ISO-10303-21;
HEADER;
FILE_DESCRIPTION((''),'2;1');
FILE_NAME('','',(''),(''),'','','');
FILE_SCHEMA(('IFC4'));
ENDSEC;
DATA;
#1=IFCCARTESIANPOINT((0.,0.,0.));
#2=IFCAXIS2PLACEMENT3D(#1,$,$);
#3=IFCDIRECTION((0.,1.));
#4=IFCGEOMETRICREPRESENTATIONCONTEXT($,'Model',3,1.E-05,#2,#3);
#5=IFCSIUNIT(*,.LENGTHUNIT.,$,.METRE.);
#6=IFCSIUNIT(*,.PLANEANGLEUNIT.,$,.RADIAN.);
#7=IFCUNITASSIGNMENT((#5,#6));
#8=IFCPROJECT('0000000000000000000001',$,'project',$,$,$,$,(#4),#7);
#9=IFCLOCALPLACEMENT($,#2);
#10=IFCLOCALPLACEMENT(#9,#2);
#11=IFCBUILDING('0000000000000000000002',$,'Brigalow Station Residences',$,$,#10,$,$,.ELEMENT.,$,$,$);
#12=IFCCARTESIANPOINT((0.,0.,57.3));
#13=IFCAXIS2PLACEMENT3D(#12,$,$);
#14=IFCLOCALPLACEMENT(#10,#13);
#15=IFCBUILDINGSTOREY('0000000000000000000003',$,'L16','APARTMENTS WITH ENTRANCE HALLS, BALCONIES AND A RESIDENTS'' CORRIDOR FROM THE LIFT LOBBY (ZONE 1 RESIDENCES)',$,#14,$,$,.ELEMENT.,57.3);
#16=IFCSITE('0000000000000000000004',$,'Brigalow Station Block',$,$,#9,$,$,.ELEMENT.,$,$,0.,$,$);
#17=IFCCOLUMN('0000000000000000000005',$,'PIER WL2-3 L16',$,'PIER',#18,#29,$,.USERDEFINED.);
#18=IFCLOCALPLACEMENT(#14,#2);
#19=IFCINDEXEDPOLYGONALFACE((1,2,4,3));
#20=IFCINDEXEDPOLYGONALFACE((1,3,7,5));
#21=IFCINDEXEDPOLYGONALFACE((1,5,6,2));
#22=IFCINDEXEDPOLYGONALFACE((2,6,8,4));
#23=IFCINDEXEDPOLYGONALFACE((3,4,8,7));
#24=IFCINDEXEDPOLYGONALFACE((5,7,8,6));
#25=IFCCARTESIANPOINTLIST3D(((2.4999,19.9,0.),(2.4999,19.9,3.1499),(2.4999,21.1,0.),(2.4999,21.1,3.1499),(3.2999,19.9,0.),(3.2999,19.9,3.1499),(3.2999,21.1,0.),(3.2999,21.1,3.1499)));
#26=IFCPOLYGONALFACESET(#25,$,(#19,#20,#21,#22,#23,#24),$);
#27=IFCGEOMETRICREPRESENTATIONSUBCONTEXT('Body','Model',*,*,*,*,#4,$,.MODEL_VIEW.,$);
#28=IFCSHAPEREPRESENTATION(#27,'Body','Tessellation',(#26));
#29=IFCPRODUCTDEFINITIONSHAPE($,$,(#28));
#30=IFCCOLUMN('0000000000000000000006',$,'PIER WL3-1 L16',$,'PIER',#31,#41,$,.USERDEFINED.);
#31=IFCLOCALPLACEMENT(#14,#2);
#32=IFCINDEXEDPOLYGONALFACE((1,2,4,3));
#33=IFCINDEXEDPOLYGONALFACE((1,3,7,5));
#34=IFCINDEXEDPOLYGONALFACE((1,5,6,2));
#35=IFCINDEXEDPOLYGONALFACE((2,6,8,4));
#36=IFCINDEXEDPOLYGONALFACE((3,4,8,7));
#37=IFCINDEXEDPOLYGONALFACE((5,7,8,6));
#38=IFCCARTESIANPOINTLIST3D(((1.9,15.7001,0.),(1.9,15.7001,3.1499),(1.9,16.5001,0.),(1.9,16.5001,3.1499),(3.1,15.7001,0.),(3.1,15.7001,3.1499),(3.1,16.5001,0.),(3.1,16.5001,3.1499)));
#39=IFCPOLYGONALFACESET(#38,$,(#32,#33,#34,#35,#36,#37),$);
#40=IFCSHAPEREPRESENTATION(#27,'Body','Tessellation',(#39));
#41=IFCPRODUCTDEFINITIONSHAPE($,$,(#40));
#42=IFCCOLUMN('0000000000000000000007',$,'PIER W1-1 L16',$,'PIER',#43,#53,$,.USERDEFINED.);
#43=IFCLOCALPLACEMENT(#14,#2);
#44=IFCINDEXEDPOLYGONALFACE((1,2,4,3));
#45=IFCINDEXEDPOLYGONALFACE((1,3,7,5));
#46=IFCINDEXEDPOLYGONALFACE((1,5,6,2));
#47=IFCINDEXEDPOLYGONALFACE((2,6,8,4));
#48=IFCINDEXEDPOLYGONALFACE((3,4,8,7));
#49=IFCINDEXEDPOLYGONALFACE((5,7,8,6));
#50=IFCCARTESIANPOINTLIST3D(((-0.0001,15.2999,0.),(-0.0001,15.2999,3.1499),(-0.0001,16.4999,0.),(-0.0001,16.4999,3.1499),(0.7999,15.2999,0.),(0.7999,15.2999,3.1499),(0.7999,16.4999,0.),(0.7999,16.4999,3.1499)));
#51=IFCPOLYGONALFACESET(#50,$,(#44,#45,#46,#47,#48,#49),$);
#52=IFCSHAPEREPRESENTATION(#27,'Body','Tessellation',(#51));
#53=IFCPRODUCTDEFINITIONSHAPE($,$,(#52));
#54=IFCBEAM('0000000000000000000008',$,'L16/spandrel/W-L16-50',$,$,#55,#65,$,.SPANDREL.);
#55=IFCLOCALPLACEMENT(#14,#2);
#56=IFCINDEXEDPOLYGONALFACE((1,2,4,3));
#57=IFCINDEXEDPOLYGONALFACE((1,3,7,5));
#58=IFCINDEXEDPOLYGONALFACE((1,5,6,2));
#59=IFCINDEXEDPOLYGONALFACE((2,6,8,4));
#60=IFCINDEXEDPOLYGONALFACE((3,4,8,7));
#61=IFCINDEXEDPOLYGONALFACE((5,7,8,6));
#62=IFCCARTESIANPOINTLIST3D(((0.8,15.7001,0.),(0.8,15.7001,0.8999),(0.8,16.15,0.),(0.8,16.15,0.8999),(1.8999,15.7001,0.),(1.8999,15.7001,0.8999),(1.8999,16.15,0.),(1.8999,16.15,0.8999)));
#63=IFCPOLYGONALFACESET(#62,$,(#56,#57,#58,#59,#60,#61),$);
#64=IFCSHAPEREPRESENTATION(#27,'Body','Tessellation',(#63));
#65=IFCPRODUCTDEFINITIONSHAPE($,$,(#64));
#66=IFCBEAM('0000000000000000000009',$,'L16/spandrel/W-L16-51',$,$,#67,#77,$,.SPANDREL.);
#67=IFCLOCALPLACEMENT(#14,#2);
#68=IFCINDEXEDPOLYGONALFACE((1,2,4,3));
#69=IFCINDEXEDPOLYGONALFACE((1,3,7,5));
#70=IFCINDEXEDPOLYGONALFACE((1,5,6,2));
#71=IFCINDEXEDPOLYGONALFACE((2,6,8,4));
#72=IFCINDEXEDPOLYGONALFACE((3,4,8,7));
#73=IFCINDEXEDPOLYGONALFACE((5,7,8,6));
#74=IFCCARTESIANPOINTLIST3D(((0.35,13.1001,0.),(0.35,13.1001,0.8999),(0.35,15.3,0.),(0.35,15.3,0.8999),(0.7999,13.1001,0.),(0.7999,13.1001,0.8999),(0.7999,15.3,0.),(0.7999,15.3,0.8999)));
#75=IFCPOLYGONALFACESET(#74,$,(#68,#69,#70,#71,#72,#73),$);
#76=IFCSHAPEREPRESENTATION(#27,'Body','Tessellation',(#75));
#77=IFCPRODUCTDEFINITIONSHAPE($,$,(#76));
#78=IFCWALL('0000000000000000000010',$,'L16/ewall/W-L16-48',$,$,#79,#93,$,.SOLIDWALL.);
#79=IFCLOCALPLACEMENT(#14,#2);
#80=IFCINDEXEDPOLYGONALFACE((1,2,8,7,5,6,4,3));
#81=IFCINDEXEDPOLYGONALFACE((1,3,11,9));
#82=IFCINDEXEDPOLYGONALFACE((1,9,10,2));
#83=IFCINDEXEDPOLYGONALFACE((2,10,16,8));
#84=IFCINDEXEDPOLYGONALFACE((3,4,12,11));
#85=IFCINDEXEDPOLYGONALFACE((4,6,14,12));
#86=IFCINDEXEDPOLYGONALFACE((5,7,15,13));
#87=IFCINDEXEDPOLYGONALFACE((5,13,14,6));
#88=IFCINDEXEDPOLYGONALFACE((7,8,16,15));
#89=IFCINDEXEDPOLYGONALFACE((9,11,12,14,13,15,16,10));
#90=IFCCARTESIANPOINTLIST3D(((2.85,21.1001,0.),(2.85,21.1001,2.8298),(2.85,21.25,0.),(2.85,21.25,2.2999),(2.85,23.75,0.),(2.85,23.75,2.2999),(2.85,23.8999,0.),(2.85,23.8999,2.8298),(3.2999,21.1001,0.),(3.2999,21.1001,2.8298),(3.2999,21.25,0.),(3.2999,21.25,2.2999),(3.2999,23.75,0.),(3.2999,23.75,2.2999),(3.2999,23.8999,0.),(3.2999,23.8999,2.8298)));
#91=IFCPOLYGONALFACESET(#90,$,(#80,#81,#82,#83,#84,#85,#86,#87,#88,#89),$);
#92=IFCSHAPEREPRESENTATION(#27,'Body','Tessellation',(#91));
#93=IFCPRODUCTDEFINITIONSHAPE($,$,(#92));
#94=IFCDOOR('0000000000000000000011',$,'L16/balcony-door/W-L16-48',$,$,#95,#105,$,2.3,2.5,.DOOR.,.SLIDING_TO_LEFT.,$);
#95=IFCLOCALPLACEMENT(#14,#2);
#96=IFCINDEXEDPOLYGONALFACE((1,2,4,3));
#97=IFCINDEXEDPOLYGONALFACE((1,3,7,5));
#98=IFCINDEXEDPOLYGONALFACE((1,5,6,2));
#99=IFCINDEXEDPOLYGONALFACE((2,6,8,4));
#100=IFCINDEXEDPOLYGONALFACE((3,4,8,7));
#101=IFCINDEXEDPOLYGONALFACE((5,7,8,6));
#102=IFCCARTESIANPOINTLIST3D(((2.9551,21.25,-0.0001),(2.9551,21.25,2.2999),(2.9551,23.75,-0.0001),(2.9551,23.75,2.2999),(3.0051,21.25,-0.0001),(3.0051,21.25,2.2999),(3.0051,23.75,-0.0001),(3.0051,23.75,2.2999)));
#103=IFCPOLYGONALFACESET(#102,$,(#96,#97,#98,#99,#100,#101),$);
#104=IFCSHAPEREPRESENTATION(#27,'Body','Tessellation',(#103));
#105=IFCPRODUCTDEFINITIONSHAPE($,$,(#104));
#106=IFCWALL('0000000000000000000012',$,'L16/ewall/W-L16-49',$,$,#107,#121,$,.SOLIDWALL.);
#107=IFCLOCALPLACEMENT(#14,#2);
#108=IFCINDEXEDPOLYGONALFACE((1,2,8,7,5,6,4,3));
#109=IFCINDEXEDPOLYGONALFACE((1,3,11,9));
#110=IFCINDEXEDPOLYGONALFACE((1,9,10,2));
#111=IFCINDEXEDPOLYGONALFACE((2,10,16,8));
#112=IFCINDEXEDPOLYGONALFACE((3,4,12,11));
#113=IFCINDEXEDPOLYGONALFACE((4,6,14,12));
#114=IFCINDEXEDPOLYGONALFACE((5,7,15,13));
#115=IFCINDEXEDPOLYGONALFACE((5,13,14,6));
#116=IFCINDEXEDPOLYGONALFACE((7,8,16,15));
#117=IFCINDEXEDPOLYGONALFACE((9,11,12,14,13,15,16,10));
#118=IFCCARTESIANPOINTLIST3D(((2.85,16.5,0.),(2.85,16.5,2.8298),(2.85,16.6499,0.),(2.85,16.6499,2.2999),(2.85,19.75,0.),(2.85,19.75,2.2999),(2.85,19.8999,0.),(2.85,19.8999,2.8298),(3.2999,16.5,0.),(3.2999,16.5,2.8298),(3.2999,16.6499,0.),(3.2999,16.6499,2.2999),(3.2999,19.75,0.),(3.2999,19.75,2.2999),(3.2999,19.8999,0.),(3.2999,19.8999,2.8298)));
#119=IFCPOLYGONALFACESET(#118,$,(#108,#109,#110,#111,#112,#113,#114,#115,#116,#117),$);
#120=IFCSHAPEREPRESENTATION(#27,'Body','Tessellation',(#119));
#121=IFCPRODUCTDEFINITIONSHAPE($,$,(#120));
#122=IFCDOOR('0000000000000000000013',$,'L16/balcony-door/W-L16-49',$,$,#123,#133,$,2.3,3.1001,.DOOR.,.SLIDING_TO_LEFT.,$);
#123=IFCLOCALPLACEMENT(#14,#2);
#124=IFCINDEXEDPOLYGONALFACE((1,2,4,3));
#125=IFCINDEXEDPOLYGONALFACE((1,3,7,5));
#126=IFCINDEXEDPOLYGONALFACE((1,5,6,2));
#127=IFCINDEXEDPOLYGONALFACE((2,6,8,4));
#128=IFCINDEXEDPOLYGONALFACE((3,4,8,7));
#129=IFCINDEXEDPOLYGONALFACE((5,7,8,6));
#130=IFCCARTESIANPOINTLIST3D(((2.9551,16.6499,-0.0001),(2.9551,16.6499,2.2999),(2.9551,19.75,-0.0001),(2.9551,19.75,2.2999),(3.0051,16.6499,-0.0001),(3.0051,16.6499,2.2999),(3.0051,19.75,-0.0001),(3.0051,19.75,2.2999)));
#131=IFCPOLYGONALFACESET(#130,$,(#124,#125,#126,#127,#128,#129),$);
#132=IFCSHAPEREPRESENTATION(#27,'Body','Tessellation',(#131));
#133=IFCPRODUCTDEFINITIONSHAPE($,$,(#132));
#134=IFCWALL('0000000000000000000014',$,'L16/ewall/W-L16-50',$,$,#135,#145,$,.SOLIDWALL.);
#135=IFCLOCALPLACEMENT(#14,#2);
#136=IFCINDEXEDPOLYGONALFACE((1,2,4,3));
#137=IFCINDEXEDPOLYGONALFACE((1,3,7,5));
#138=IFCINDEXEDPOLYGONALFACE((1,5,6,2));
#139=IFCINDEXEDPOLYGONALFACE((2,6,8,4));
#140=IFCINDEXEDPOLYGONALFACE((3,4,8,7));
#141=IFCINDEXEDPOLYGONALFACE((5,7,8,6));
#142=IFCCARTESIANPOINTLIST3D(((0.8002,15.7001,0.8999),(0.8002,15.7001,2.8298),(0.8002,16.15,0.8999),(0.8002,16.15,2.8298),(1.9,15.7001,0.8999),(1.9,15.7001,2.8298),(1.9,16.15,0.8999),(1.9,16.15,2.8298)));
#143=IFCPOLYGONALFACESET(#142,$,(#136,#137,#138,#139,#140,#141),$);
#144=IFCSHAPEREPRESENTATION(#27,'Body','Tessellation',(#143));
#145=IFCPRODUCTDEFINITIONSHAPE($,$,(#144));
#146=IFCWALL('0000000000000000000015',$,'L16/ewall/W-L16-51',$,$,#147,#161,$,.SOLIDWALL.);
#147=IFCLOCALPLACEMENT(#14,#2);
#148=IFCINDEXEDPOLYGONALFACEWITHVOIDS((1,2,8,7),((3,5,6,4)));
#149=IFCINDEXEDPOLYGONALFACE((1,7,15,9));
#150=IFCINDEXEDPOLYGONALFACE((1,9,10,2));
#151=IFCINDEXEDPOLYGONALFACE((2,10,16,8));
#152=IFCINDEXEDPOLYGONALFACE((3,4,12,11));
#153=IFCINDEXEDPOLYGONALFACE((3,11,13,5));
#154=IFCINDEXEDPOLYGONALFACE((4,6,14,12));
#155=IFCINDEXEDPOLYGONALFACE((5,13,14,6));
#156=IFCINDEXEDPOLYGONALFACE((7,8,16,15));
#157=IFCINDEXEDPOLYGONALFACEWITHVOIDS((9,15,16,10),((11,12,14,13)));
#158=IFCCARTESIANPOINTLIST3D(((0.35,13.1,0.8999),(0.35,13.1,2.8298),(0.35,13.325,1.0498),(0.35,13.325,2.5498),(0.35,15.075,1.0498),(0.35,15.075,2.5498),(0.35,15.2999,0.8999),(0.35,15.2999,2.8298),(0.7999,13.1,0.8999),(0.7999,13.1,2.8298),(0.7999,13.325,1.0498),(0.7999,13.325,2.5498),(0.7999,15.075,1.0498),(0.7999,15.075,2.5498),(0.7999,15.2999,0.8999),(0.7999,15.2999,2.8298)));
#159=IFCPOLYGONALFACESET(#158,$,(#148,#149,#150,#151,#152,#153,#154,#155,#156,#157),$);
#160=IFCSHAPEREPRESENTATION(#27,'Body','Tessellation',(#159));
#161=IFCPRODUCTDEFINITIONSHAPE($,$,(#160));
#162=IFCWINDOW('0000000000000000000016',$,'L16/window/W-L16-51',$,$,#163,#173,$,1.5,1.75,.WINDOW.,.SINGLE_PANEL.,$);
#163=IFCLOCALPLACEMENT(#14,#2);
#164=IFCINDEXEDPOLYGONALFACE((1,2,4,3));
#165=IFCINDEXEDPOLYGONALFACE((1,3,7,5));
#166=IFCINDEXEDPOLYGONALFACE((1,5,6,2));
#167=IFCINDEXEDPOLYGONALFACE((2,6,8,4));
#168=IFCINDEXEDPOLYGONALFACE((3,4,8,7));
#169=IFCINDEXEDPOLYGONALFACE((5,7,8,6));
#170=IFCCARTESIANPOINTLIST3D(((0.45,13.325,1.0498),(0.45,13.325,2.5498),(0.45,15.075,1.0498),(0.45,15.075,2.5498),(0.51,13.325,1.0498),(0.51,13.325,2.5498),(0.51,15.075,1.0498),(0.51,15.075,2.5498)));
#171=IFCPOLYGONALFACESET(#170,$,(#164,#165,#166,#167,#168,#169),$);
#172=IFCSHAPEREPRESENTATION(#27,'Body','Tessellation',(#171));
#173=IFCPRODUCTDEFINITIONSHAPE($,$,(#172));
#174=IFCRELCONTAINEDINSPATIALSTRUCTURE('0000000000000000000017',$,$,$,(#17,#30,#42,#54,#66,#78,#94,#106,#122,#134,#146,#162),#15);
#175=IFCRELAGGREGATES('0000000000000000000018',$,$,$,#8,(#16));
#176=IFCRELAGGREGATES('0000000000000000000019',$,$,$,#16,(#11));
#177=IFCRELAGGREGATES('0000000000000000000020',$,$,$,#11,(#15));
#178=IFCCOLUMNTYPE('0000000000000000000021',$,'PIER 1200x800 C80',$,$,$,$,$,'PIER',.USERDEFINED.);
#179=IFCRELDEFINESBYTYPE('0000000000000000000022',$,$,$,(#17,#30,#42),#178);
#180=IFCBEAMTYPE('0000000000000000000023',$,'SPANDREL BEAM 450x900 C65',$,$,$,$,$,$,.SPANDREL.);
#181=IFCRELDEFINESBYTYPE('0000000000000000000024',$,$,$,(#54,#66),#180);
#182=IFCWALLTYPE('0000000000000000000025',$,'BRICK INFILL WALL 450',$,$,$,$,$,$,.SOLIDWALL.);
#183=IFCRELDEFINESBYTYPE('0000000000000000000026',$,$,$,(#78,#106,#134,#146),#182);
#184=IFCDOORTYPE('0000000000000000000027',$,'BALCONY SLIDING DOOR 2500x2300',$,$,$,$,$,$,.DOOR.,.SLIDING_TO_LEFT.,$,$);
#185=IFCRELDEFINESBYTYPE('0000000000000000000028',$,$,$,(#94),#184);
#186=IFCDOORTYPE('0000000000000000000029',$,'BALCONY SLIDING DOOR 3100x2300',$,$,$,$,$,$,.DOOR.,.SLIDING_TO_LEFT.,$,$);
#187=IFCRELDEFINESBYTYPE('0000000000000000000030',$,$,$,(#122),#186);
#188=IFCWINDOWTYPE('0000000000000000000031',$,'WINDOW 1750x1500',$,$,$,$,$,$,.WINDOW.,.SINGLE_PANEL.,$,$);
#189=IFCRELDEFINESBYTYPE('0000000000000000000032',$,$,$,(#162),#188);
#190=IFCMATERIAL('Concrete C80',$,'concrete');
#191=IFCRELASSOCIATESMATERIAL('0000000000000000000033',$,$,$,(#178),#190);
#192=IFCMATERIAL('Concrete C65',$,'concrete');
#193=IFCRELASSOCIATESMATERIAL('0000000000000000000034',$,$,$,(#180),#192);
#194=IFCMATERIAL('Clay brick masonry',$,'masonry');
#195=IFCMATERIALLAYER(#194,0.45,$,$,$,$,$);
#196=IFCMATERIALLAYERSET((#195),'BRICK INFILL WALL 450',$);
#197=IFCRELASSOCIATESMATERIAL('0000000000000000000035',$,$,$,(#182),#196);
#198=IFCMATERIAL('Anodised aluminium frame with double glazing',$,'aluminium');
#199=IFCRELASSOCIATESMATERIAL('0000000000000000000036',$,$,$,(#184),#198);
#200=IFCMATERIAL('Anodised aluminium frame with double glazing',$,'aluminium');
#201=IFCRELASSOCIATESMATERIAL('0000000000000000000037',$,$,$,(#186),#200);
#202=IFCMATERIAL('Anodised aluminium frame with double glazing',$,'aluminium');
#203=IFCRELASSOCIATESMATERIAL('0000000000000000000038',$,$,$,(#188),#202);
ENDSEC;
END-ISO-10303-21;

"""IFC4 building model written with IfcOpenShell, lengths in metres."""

from ifc_helpers import new_model, si_unit, direction, frame, frame_2d, origin, origin_2d, place, context, subcontext, project, spatial, rectangle, extrude, material, layer, layer_set, material_profile, profile_set, type_object, element, fill, save


model = new_model("IFC4")

# Units and contexts
model_context = context("Model", 3, precision=1e-05, world=origin(), true_north=direction((0.0, 1.0)))
body_context = subcontext(model_context, "Body", "Model", "MODEL_VIEW")
ifc_project = project(units=[si_unit("LENGTHUNIT", "METRE"), si_unit("PLANEANGLEUNIT", "RADIAN")], contexts=[model_context])

# Site, building, storey
site_placement = place(None, origin())
site = spatial("IfcSite", under=ifc_project, at=site_placement, Name="Brigalow Station Block", CompositionType="ELEMENT", RefElevation=0.0)
building_placement = place(site_placement, origin())
building = spatial("IfcBuilding", under=site, at=building_placement, Name="Brigalow Station Residences", CompositionType="ELEMENT")
storey_placement = place(building_placement, frame((0.0, 0.0, 57.3)))
storey = spatial("IfcBuildingStorey", under=building, at=storey_placement, Name="L16", Description="APARTMENTS WITH ENTRANCE HALLS, BALCONIES AND A RESIDENTS' CORRIDOR FROM THE LIFT LOBBY (ZONE 1 RESIDENCES)", CompositionType="ELEMENT", Elevation=57.3)

# Columns
ifc_material_1 = material(Name="Concrete C80", Category="concrete")
ifc_material_profile_1 = material_profile(ifc_material_1, rectangle(XDim=1.2, YDim=0.8, at=origin_2d()), Name="RC1200x800")
ifc_profile_set_1 = profile_set([ifc_material_profile_1], Name="Concrete C80")
column_type = type_object("IfcColumnType", Name="PIER 1200x800 C80", ElementType="PIER", PredefinedType="USERDEFINED", material=ifc_profile_set_1)
for number, where, z_axis, x_axis, name in (
    (1, (2.8999, 20.5, 0.0), (0.0, 0.0, 1.0), (0.0, -1.0, 0.0), "PIER WL2-3 L16"),
    (2, (2.5, 16.1001, 0.0), (0.0, 0.0, 1.0), (-1.0, 0.0, 0.0), "PIER WL3-1 L16"),
    (3, (0.3999, 15.8999, 0.0), (0.0, 0.0, 1.0), (0.0, -1.0, 0.0), "PIER W1-1 L16"),
):
    element("IfcColumn", number, at=place(storey_placement, frame(where, z_axis=z_axis, x_axis=x_axis)), inside=storey, type_object=column_type, Name=name, ObjectType="PIER", PredefinedType="USERDEFINED", context=body_context, shape_type="SweptSolid", body=[
        extrude(rectangle(XDim=1.2, YDim=0.8, at=origin_2d()), origin(), (0.0, 0.0, 1.0), 3.1499),
    ])

# Beams
ifc_material_2 = material(Name="Concrete C65", Category="concrete")
ifc_material_profile_2 = material_profile(ifc_material_2, rectangle(XDim=0.45, YDim=0.8999, at=origin_2d()), Name="RC450x900")
ifc_profile_set_2 = profile_set([ifc_material_profile_2], Name="Concrete C65")
beam_type = type_object("IfcBeamType", Name="SPANDREL BEAM 450x900 C65", PredefinedType="SPANDREL", material=ifc_profile_set_2)
beam_1_placement = place(storey_placement, frame((1.8999, 15.925, 0.45), z_axis=(-1.0, 0.0, 0.0), x_axis=(0.0, -1.0, 0.0)))
element("IfcBeam", 4, at=beam_1_placement, inside=storey, type_object=beam_type, Name="L16/spandrel/W-L16-50", PredefinedType="SPANDREL", context=body_context, shape_type="SweptSolid", body=[
    extrude(rectangle(XDim=0.45, YDim=0.8999, at=origin_2d()), origin(), (0.0, 0.0, 1.0), 1.0999),
])
beam_2_placement = place(storey_placement, frame((0.575, 15.3, 0.45), z_axis=(0.0, -1.0, 0.0), x_axis=(1.0, 0.0, 0.0)))
element("IfcBeam", 5, at=beam_2_placement, inside=storey, type_object=beam_type, Name="L16/spandrel/W-L16-51", PredefinedType="SPANDREL", context=body_context, shape_type="SweptSolid", body=[
    extrude(rectangle(XDim=0.45, YDim=0.8999, at=origin_2d()), origin(), (0.0, 0.0, 1.0), 2.2),
])

# Walls, openings, doors
ifc_material_3 = material(Name="Clay brick masonry", Category="masonry")
ifc_layer_1 = layer(ifc_material_3, 0.45)
ifc_layer_set_1 = layer_set([ifc_layer_1], Name="BRICK INFILL WALL 450")
wall_type_1 = type_object("IfcWallType", Name="BRICK INFILL WALL 450", PredefinedType="SOLIDWALL", material=ifc_layer_set_1)
wall_1_placement = place(storey_placement, frame((3.075, 23.8999, 0.0), z_axis=(0.0, 0.0, 1.0), x_axis=(0.0, -1.0, 0.0)))
wall_1 = element("IfcWall", 6, at=wall_1_placement, inside=storey, type_object=wall_type_1, Name="L16/ewall/W-L16-48", PredefinedType="SOLIDWALL", context=body_context, shape_type="SweptSolid", body=[
    extrude(rectangle(XDim=2.7998, YDim=0.45, at=frame_2d((1.3999, 0.0))), origin(), (0.0, 0.0, 1.0), 2.8298),
])
opening_1_placement = place(wall_1_placement, frame((0.1499, 0.0, 0.0)))
opening_1 = element("IfcOpeningElement", 7, at=opening_1_placement, cuts=wall_1, PredefinedType="OPENING", context=body_context, shape_type="SweptSolid", body=[
    extrude(rectangle(XDim=2.5, YDim=2.3, at=frame_2d((1.25, 1.1499))), frame((0.0, 0.2349, 0.0), z_axis=(0.0, -1.0, 0.0), x_axis=(1.0, 0.0, 0.0)), (0.0, 0.0, 1.0), 0.47),
])
ifc_material_4 = material(Name="Anodised aluminium frame with double glazing", Category="aluminium")
door_type_1 = type_object("IfcDoorType", Name="BALCONY SLIDING DOOR 2500x2300", OperationType="SLIDING_TO_LEFT", PredefinedType="DOOR", material=ifc_material_4)
door_1_placement = place(opening_1_placement, origin())
door_1 = element("IfcDoor", 8, at=door_1_placement, inside=storey, type_object=door_type_1, Name="L16/balcony-door/W-L16-48", OperationType="SLIDING_TO_LEFT", OverallHeight=2.3, OverallWidth=2.5, PredefinedType="DOOR", context=body_context, shape_type="SweptSolid", body=[
    extrude(rectangle(XDim=2.5, YDim=2.3, at=frame_2d((1.25, 1.1499))), frame((0.0, -0.0698, 0.0), z_axis=(0.0, -1.0, 0.0), x_axis=(1.0, 0.0, 0.0)), (0.0, 0.0, 1.0), 0.05),
])
fill(opening_1, door_1)
wall_2_placement = place(storey_placement, frame((3.075, 19.8999, 0.0), z_axis=(0.0, 0.0, 1.0), x_axis=(0.0, -1.0, 0.0)))
wall_2 = element("IfcWall", 9, at=wall_2_placement, inside=storey, type_object=wall_type_1, Name="L16/ewall/W-L16-49", PredefinedType="SOLIDWALL", context=body_context, shape_type="SweptSolid", body=[
    extrude(rectangle(XDim=3.3999, YDim=0.45, at=frame_2d((1.7, 0.0))), origin(), (0.0, 0.0, 1.0), 2.8298),
])
opening_2_placement = place(wall_2_placement, frame((0.1499, 0.0, 0.0)))
opening_2 = element("IfcOpeningElement", 10, at=opening_2_placement, cuts=wall_2, PredefinedType="OPENING", context=body_context, shape_type="SweptSolid", body=[
    extrude(rectangle(XDim=3.1001, YDim=2.3, at=frame_2d((1.55, 1.1499))), frame((0.0, 0.2349, 0.0), z_axis=(0.0, -1.0, 0.0), x_axis=(1.0, 0.0, 0.0)), (0.0, 0.0, 1.0), 0.47),
])
ifc_material_5 = material(Name="Anodised aluminium frame with double glazing", Category="aluminium")
door_type_2 = type_object("IfcDoorType", Name="BALCONY SLIDING DOOR 3100x2300", OperationType="SLIDING_TO_LEFT", PredefinedType="DOOR", material=ifc_material_5)
door_2_placement = place(opening_2_placement, origin())
door_2 = element("IfcDoor", 11, at=door_2_placement, inside=storey, type_object=door_type_2, Name="L16/balcony-door/W-L16-49", OperationType="SLIDING_TO_LEFT", OverallHeight=2.3, OverallWidth=3.1001, PredefinedType="DOOR", context=body_context, shape_type="SweptSolid", body=[
    extrude(rectangle(XDim=3.1001, YDim=2.3, at=frame_2d((1.55, 1.1499))), frame((0.0, -0.0698, 0.0), z_axis=(0.0, -1.0, 0.0), x_axis=(1.0, 0.0, 0.0)), (0.0, 0.0, 1.0), 0.05),
])
fill(opening_2, door_2)

# Wall
wall_3_placement = place(storey_placement, frame((1.8999, 15.925, 0.8999), z_axis=(0.0, 0.0, 1.0), x_axis=(-1.0, 0.0, 0.0)))
element("IfcWall", 12, at=wall_3_placement, inside=storey, type_object=wall_type_1, Name="L16/ewall/W-L16-50", PredefinedType="SOLIDWALL", context=body_context, shape_type="SweptSolid", body=[
    extrude(rectangle(XDim=1.0999, YDim=0.45, at=frame_2d((0.5498, 0.0))), origin(), (0.0, 0.0, 1.0), 1.9299),
])

# Wall, opening, window
wall_4_placement = place(storey_placement, frame((0.575, 15.3, 0.8999), z_axis=(0.0, 0.0, 1.0), x_axis=(0.0, -1.0, 0.0)))
wall_4 = element("IfcWall", 13, at=wall_4_placement, inside=storey, type_object=wall_type_1, Name="L16/ewall/W-L16-51", PredefinedType="SOLIDWALL", context=body_context, shape_type="SweptSolid", body=[
    extrude(rectangle(XDim=2.2, YDim=0.45, at=frame_2d((1.1001, 0.0))), origin(), (0.0, 0.0, 1.0), 1.9299),
])
opening_3_placement = place(wall_4_placement, frame((0.2251, 0.0, 0.1499)))
opening_3 = element("IfcOpeningElement", 14, at=opening_3_placement, cuts=wall_4, PredefinedType="OPENING", context=body_context, shape_type="SweptSolid", body=[
    extrude(rectangle(XDim=1.75, YDim=1.5, at=frame_2d((0.875, 0.75))), frame((0.0, 0.2349, 0.0), z_axis=(0.0, -1.0, 0.0), x_axis=(1.0, 0.0, 0.0)), (0.0, 0.0, 1.0), 0.47),
])
ifc_material_6 = material(Name="Anodised aluminium frame with double glazing", Category="aluminium")
window_type = type_object("IfcWindowType", Name="WINDOW 1750x1500", PartitioningType="SINGLE_PANEL", PredefinedType="WINDOW", material=ifc_material_6)
window_placement = place(opening_3_placement, origin())
window = element("IfcWindow", 15, at=window_placement, inside=storey, type_object=window_type, Name="L16/window/W-L16-51", OverallHeight=1.5, OverallWidth=1.75, PartitioningType="SINGLE_PANEL", PredefinedType="WINDOW", context=body_context, shape_type="SweptSolid", body=[
    extrude(rectangle(XDim=1.75, YDim=1.5, at=frame_2d((0.875, 0.75))), frame((0.0, -0.0649, 0.0), z_axis=(0.0, -1.0, 0.0), x_axis=(1.0, 0.0, 0.0)), (0.0, 0.0, 1.0), 0.0601),
])
fill(opening_3, window)

save(model, "model.ifc")
